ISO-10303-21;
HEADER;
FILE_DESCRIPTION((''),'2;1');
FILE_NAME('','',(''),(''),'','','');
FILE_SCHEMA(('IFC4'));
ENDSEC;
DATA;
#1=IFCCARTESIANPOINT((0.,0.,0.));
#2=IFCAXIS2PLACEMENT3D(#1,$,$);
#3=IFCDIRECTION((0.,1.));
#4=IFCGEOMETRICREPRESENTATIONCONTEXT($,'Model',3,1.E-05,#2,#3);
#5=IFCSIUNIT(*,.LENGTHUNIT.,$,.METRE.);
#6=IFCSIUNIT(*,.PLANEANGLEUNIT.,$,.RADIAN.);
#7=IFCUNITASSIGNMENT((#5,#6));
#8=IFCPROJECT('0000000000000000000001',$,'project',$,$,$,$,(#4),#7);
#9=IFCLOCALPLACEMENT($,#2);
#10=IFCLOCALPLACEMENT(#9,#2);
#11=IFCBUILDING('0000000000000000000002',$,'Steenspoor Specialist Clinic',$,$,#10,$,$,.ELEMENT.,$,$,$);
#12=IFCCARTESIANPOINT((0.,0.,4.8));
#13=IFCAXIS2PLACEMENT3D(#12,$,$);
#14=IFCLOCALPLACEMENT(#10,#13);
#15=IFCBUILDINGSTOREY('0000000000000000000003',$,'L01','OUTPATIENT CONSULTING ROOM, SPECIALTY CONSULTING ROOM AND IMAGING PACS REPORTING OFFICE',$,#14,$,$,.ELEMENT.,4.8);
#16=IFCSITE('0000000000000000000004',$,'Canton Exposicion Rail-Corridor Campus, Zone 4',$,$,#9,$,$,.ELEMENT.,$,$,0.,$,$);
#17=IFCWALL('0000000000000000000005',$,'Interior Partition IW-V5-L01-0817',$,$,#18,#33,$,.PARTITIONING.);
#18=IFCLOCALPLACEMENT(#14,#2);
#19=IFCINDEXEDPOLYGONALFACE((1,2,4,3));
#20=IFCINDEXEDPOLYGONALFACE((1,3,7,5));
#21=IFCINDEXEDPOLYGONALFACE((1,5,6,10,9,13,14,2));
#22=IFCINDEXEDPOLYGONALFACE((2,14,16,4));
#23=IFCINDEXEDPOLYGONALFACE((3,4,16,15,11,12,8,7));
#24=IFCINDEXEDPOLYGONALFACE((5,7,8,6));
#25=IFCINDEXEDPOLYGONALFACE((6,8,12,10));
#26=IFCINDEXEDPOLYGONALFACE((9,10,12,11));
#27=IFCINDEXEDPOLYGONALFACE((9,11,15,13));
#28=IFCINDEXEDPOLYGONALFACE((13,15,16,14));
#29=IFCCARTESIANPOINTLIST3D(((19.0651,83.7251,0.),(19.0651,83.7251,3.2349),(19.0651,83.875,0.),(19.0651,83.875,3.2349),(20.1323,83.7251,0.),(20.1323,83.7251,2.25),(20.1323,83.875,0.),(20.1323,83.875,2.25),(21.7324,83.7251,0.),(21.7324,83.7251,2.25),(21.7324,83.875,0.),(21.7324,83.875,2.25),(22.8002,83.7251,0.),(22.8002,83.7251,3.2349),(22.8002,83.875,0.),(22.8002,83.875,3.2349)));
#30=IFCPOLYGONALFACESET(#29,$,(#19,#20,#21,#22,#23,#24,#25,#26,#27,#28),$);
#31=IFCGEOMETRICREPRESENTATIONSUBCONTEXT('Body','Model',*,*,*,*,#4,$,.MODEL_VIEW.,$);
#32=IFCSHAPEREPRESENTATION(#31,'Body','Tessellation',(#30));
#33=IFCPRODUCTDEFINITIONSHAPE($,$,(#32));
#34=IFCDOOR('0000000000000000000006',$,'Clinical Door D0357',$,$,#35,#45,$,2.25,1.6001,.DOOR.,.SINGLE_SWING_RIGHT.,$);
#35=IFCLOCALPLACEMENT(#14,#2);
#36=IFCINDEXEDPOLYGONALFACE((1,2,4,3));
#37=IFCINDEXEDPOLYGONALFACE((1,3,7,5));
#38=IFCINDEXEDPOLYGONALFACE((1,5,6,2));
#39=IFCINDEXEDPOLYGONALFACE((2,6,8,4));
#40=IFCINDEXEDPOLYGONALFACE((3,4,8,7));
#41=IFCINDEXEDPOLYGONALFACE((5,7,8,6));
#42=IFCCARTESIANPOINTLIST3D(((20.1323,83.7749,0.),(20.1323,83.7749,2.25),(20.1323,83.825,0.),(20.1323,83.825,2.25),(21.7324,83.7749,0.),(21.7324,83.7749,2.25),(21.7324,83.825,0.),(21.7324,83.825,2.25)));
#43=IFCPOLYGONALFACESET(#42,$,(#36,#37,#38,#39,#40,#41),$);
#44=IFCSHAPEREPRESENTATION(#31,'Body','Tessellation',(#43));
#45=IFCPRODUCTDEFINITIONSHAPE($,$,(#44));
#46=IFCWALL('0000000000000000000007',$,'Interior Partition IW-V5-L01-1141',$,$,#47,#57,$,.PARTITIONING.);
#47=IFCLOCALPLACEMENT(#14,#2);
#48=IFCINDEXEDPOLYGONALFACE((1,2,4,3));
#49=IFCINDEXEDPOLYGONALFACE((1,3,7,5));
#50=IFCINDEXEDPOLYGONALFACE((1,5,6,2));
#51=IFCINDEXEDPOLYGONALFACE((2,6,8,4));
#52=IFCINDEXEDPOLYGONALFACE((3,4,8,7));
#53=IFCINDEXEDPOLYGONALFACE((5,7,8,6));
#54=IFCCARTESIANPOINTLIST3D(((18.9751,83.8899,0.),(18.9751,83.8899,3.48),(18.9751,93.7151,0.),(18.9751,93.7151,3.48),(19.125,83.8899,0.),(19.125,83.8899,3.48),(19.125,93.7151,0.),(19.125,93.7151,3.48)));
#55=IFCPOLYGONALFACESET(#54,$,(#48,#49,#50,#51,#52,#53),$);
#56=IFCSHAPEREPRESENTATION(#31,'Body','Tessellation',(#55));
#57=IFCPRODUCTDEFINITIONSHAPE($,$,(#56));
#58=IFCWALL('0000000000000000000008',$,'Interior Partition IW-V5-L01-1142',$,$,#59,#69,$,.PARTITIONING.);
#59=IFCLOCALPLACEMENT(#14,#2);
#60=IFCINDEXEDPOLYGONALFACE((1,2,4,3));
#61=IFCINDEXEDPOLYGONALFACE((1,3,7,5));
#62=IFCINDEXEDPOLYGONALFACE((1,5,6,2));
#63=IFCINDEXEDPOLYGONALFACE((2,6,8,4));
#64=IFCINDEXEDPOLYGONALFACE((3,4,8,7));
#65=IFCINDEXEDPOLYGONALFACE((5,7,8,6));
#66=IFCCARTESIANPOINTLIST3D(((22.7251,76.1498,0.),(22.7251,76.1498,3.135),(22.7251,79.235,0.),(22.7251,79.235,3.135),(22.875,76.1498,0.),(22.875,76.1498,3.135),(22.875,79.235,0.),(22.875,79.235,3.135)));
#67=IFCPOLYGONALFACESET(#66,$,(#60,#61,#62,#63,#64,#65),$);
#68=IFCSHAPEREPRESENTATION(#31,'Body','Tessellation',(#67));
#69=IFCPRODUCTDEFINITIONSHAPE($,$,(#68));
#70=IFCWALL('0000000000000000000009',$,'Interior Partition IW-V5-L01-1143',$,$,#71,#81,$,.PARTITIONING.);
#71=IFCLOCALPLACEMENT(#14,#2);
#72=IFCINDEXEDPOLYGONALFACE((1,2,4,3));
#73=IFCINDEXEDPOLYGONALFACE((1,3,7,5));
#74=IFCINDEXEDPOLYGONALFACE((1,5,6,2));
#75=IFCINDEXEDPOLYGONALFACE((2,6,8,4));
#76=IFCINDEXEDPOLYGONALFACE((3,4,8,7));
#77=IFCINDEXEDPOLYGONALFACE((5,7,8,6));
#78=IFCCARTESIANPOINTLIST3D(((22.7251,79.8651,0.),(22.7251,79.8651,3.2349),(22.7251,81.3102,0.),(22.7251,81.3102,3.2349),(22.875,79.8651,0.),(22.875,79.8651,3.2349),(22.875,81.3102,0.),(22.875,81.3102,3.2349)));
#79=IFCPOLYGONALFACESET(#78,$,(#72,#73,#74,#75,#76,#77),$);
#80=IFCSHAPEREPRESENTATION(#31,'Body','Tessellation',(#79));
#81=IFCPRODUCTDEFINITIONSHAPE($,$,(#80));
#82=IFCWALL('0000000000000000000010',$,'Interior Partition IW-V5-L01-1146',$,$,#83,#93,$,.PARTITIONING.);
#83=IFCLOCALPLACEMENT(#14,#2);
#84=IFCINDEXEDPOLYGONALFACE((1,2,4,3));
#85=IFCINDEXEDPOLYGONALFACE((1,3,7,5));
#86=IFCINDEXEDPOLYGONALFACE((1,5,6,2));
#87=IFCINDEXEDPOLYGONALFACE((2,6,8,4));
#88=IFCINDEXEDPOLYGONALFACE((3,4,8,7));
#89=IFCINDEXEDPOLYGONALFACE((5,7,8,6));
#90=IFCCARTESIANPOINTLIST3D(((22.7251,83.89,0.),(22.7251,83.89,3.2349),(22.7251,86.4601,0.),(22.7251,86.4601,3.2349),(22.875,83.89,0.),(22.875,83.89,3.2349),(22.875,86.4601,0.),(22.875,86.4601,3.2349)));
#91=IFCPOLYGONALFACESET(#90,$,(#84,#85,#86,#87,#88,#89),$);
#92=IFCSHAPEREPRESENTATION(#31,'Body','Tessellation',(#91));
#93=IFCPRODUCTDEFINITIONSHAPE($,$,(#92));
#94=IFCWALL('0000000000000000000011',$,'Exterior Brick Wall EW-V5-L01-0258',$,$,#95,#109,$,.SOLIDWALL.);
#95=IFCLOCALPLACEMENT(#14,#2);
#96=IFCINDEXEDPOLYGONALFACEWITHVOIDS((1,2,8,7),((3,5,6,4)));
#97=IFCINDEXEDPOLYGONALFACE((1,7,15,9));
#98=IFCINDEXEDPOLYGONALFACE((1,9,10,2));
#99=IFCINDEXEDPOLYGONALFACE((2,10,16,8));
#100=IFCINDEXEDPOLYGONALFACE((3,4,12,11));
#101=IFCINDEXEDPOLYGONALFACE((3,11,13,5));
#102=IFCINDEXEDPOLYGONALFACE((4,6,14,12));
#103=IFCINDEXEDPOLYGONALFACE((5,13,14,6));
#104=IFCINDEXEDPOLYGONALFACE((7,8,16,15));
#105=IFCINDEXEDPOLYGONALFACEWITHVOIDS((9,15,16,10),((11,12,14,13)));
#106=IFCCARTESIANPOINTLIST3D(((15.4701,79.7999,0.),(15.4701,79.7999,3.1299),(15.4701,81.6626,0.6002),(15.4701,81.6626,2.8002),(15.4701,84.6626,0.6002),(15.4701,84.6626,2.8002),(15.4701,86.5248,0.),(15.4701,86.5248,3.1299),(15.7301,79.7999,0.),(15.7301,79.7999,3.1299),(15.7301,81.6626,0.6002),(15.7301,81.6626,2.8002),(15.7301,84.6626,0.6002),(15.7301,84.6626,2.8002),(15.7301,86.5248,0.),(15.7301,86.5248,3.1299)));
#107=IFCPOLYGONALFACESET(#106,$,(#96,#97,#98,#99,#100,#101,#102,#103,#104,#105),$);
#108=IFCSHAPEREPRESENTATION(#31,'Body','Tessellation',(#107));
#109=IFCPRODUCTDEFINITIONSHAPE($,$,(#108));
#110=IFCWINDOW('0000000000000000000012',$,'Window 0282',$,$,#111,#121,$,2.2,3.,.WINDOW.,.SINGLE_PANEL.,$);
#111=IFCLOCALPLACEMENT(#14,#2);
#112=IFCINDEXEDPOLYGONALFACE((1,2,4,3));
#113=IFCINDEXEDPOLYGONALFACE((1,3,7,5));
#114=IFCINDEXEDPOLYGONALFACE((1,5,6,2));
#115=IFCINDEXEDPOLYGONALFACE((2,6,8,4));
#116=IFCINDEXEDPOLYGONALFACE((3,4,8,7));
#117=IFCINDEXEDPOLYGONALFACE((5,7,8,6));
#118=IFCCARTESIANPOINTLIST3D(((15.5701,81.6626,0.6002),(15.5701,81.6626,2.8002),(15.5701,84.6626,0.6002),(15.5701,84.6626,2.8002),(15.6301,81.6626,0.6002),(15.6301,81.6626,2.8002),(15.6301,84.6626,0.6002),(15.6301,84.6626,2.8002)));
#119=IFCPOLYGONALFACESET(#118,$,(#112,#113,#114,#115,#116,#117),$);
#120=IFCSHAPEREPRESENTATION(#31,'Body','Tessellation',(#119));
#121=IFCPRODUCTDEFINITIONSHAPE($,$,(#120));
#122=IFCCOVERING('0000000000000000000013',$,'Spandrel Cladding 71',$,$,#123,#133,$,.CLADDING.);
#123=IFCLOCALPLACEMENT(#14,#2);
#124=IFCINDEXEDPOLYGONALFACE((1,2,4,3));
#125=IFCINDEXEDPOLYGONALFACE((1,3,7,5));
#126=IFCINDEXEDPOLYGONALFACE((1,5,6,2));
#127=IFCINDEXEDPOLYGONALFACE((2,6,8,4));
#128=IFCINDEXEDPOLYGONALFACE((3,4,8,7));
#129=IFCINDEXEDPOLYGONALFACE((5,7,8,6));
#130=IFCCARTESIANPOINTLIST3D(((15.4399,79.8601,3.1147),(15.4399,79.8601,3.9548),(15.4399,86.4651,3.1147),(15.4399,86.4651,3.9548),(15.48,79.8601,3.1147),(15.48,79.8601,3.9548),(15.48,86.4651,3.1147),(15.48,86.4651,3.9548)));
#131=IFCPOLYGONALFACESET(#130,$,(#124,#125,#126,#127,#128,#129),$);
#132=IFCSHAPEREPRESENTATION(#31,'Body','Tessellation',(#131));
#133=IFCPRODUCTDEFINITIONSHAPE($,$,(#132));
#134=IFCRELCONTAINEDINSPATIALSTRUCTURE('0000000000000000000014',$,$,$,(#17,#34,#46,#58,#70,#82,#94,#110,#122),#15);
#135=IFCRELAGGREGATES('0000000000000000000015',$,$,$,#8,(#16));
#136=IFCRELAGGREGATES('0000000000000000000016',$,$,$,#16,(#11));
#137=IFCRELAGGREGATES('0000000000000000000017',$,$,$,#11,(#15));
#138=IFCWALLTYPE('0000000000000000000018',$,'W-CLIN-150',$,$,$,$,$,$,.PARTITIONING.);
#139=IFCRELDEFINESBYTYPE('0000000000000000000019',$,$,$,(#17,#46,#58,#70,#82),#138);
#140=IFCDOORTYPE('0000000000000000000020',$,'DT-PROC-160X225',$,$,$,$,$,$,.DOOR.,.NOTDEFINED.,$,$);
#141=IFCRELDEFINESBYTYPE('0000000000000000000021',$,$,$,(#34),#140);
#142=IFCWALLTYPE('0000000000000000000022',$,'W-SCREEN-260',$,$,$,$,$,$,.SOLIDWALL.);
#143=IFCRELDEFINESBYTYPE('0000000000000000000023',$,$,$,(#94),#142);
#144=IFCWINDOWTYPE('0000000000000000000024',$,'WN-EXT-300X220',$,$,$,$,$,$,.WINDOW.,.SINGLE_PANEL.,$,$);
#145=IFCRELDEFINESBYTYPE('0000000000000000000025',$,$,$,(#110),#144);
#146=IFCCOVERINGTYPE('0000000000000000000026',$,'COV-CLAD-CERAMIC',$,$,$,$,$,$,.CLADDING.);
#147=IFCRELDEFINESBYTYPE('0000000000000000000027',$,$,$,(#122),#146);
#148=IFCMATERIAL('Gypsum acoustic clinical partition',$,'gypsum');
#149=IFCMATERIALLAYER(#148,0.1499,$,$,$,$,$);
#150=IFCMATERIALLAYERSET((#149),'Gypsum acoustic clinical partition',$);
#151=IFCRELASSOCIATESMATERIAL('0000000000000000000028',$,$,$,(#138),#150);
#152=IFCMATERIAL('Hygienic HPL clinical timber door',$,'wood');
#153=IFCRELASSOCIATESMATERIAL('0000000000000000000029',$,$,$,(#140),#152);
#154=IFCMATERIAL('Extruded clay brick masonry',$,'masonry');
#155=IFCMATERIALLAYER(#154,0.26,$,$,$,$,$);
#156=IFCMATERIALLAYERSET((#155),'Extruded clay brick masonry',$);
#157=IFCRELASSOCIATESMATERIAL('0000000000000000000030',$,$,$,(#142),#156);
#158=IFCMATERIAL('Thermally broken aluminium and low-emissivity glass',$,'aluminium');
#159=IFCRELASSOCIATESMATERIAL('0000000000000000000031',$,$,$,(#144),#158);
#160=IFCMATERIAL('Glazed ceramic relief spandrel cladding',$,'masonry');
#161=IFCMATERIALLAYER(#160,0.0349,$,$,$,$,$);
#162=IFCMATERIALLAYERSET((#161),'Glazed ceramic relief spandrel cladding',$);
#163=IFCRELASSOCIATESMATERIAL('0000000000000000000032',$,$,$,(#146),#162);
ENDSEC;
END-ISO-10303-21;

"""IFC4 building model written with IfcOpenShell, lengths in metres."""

from ifc_helpers import new_model, si_unit, direction, frame, frame_2d, origin, origin_2d, place, context, subcontext, project, spatial, rectangle, extrude, material, layer, layer_set, type_object, element, fill, save


model = new_model("IFC4")

# Units and contexts
model_context = context("Model", 3, precision=1e-05, world=origin(), true_north=direction((0.0, 1.0)))
body_context = subcontext(model_context, "Body", "Model", "MODEL_VIEW")
ifc_project = project(units=[si_unit("LENGTHUNIT", "METRE"), si_unit("PLANEANGLEUNIT", "RADIAN")], contexts=[model_context])

# Site, building, storey
site_placement = place(None, origin())
site = spatial("IfcSite", under=ifc_project, at=site_placement, Name="Canton Exposicion Rail-Corridor Campus, Zone 4", CompositionType="ELEMENT", RefElevation=0.0)
building_placement = place(site_placement, origin())
building = spatial("IfcBuilding", under=site, at=building_placement, Name="Steenspoor Specialist Clinic", CompositionType="ELEMENT")
storey_placement = place(building_placement, frame((0.0, 0.0, 4.8)))
storey = spatial("IfcBuildingStorey", under=building, at=storey_placement, Name="L01", Description="OUTPATIENT CONSULTING ROOM, SPECIALTY CONSULTING ROOM AND IMAGING PACS REPORTING OFFICE", CompositionType="ELEMENT", Elevation=4.8)

# Shared definitions
ifc_material_1 = material(Name="Thermally broken aluminium and low-emissivity glass", Category="aluminium")

# Shared definitions
ifc_material_2 = material(Name="Gypsum acoustic clinical partition", Category="gypsum")
ifc_layer_1 = layer(ifc_material_2, 0.1499)
ifc_layer_set_1 = layer_set([ifc_layer_1], Name="Gypsum acoustic clinical partition")
wall_type_1 = type_object("IfcWallType", Name="W-CLIN-150", PredefinedType="PARTITIONING", material=ifc_layer_set_1)

# Shared definitions
ifc_material_3 = material(Name="Hygienic HPL clinical timber door", Category="wood")
door_type = type_object("IfcDoorType", Name="DT-PROC-160X225", OperationType="NOTDEFINED", PredefinedType="DOOR", material=ifc_material_3)

# Wall, opening, door
wall_1_placement = place(storey_placement, frame((19.0649, 83.8, 0.0), z_axis=(0.0, 0.0, 1.0), x_axis=(1.0, 0.0, 0.0)))
wall_1 = element("IfcWall", 1, at=wall_1_placement, inside=storey, type_object=wall_type_1, Name="Interior Partition IW-V5-L01-0817", PredefinedType="PARTITIONING", context=body_context, shape_type="SweptSolid", body=[
    extrude(rectangle(XDim=3.7351, YDim=0.1499, at=frame_2d((1.8677, 0.0))), origin(), (0.0, 0.0, 1.0), 3.2349),
])
opening_1_placement = place(wall_1_placement, frame((1.0674, 0.0, 0.0)))
opening_1 = element("IfcOpeningElement", 2, at=opening_1_placement, cuts=wall_1, PredefinedType="OPENING", context=body_context, shape_type="SweptSolid", body=[
    extrude(rectangle(XDim=1.6001, YDim=2.25, at=frame_2d((0.8, 1.125))), frame((0.0, 0.085, 0.0), z_axis=(0.0, -1.0, 0.0), x_axis=(1.0, 0.0, 0.0)), (0.0, 0.0, 1.0), 0.1699),
])
door_1_placement = place(opening_1_placement, origin())
door_1 = element("IfcDoor", 3, at=door_1_placement, inside=storey, type_object=door_type, Name="Clinical Door D0357", OperationType="SINGLE_SWING_RIGHT", OverallHeight=2.25, OverallWidth=1.6001, PredefinedType="DOOR", context=body_context, shape_type="SweptSolid", body=[
    extrude(rectangle(XDim=1.6001, YDim=2.25, at=frame_2d((0.8, 1.125))), frame((0.0, 0.0249, 0.0), z_axis=(0.0, -1.0, 0.0), x_axis=(1.0, 0.0, 0.0)), (0.0, 0.0, 1.0), 0.05),
])
fill(opening_1, door_1)

# Walls
wall_2_placement = place(storey_placement, frame((19.05, 83.8899, 0.0), z_axis=(0.0, 0.0, 1.0), x_axis=(0.0, 1.0, 0.0)))
element("IfcWall", 4, at=wall_2_placement, inside=storey, type_object=wall_type_1, Name="Interior Partition IW-V5-L01-1141", PredefinedType="PARTITIONING", context=body_context, shape_type="SweptSolid", body=[
    extrude(rectangle(XDim=9.8252, YDim=0.1499, at=frame_2d((4.9126, 0.0))), origin(), (0.0, 0.0, 1.0), 3.48),
])
wall_3_placement = place(storey_placement, frame((22.8, 76.1499, 0.0), z_axis=(0.0, 0.0, 1.0), x_axis=(0.0, 1.0, 0.0)))
element("IfcWall", 5, at=wall_3_placement, inside=storey, type_object=wall_type_1, Name="Interior Partition IW-V5-L01-1142", PredefinedType="PARTITIONING", context=body_context, shape_type="SweptSolid", body=[
    extrude(rectangle(XDim=3.0852, YDim=0.1499, at=frame_2d((1.5425, 0.0))), origin(), (0.0, 0.0, 1.0), 3.135),
])
wall_4_placement = place(storey_placement, frame((22.8, 79.865, 0.0), z_axis=(0.0, 0.0, 1.0), x_axis=(0.0, 1.0, 0.0)))
element("IfcWall", 6, at=wall_4_placement, inside=storey, type_object=wall_type_1, Name="Interior Partition IW-V5-L01-1143", PredefinedType="PARTITIONING", context=body_context, shape_type="SweptSolid", body=[
    extrude(rectangle(XDim=1.4451, YDim=0.1499, at=frame_2d((0.7227, 0.0))), origin(), (0.0, 0.0, 1.0), 3.2349),
])
wall_5_placement = place(storey_placement, frame((22.8, 83.8899, 0.0), z_axis=(0.0, 0.0, 1.0), x_axis=(0.0, 1.0, 0.0)))
element("IfcWall", 7, at=wall_5_placement, inside=storey, type_object=wall_type_1, Name="Interior Partition IW-V5-L01-1146", PredefinedType="PARTITIONING", context=body_context, shape_type="SweptSolid", body=[
    extrude(rectangle(XDim=2.5701, YDim=0.1499, at=frame_2d((1.2852, 0.0))), origin(), (0.0, 0.0, 1.0), 3.2349),
])

# Wall, opening, window
ifc_material_4 = material(Name="Extruded clay brick masonry", Category="masonry")
ifc_layer_2 = layer(ifc_material_4, 0.26)
ifc_layer_set_2 = layer_set([ifc_layer_2], Name="Extruded clay brick masonry")
wall_type_2 = type_object("IfcWallType", Name="W-SCREEN-260", PredefinedType="SOLIDWALL", material=ifc_layer_set_2)
wall_6_placement = place(storey_placement, frame((15.6001, 79.8, 0.0), z_axis=(0.0, 0.0, 1.0), x_axis=(0.0, 1.0, 0.0)))
wall_6 = element("IfcWall", 8, at=wall_6_placement, inside=storey, type_object=wall_type_2, Name="Exterior Brick Wall EW-V5-L01-0258", PredefinedType="SOLIDWALL", context=body_context, shape_type="SweptSolid", body=[
    extrude(rectangle(XDim=6.7249, YDim=0.26, at=frame_2d((3.3623, 0.0))), origin(), (0.0, 0.0, 1.0), 3.1299),
])
opening_2_placement = place(wall_6_placement, frame((1.8625, 0.0, 0.6001)))
opening_2 = element("IfcOpeningElement", 9, at=opening_2_placement, cuts=wall_6, PredefinedType="OPENING", context=body_context, shape_type="SweptSolid", body=[
    extrude(rectangle(XDim=3.0, YDim=2.2, at=frame_2d((1.5, 1.1001))), frame((0.0, 0.1401, 0.0), z_axis=(0.0, -1.0, 0.0), x_axis=(1.0, 0.0, 0.0)), (0.0, 0.0, 1.0), 0.28),
])
window_type = type_object("IfcWindowType", Name="WN-EXT-300X220", PartitioningType="SINGLE_PANEL", PredefinedType="WINDOW", material=ifc_material_1)
window_placement = place(opening_2_placement, origin())
window = element("IfcWindow", 10, at=window_placement, inside=storey, type_object=window_type, Name="Window 0282", OverallHeight=2.2, OverallWidth=3.0, PartitioningType="SINGLE_PANEL", PredefinedType="WINDOW", context=body_context, shape_type="SweptSolid", body=[
    extrude(rectangle(XDim=3.0, YDim=2.2, at=frame_2d((1.5, 1.1001))), frame((0.0, 0.03, 0.0), z_axis=(0.0, -1.0, 0.0), x_axis=(1.0, 0.0, 0.0)), (0.0, 0.0, 1.0), 0.0601),
])
fill(opening_2, window)

# Covering
ifc_material_5 = material(Name="Glazed ceramic relief spandrel cladding", Category="masonry")
ifc_layer_3 = layer(ifc_material_5, 0.0349)
ifc_layer_set_3 = layer_set([ifc_layer_3], Name="Glazed ceramic relief spandrel cladding")
covering_type = type_object("IfcCoveringType", Name="COV-CLAD-CERAMIC", PredefinedType="CLADDING", material=ifc_layer_set_3)
covering_placement = place(storey_placement, frame((15.46, 83.1626, 3.1147), z_axis=(0.0, 0.0, 1.0), x_axis=(0.0, 1.0, 0.0)))
element("IfcCovering", 11, at=covering_placement, inside=storey, type_object=covering_type, Name="Spandrel Cladding 71", PredefinedType="CLADDING", context=body_context, shape_type="SweptSolid", body=[
    extrude(rectangle(XDim=6.605, YDim=0.04, at=origin_2d()), origin(), (0.0, 0.0, 1.0), 0.8401),
])

save(model, "model.ifc")
